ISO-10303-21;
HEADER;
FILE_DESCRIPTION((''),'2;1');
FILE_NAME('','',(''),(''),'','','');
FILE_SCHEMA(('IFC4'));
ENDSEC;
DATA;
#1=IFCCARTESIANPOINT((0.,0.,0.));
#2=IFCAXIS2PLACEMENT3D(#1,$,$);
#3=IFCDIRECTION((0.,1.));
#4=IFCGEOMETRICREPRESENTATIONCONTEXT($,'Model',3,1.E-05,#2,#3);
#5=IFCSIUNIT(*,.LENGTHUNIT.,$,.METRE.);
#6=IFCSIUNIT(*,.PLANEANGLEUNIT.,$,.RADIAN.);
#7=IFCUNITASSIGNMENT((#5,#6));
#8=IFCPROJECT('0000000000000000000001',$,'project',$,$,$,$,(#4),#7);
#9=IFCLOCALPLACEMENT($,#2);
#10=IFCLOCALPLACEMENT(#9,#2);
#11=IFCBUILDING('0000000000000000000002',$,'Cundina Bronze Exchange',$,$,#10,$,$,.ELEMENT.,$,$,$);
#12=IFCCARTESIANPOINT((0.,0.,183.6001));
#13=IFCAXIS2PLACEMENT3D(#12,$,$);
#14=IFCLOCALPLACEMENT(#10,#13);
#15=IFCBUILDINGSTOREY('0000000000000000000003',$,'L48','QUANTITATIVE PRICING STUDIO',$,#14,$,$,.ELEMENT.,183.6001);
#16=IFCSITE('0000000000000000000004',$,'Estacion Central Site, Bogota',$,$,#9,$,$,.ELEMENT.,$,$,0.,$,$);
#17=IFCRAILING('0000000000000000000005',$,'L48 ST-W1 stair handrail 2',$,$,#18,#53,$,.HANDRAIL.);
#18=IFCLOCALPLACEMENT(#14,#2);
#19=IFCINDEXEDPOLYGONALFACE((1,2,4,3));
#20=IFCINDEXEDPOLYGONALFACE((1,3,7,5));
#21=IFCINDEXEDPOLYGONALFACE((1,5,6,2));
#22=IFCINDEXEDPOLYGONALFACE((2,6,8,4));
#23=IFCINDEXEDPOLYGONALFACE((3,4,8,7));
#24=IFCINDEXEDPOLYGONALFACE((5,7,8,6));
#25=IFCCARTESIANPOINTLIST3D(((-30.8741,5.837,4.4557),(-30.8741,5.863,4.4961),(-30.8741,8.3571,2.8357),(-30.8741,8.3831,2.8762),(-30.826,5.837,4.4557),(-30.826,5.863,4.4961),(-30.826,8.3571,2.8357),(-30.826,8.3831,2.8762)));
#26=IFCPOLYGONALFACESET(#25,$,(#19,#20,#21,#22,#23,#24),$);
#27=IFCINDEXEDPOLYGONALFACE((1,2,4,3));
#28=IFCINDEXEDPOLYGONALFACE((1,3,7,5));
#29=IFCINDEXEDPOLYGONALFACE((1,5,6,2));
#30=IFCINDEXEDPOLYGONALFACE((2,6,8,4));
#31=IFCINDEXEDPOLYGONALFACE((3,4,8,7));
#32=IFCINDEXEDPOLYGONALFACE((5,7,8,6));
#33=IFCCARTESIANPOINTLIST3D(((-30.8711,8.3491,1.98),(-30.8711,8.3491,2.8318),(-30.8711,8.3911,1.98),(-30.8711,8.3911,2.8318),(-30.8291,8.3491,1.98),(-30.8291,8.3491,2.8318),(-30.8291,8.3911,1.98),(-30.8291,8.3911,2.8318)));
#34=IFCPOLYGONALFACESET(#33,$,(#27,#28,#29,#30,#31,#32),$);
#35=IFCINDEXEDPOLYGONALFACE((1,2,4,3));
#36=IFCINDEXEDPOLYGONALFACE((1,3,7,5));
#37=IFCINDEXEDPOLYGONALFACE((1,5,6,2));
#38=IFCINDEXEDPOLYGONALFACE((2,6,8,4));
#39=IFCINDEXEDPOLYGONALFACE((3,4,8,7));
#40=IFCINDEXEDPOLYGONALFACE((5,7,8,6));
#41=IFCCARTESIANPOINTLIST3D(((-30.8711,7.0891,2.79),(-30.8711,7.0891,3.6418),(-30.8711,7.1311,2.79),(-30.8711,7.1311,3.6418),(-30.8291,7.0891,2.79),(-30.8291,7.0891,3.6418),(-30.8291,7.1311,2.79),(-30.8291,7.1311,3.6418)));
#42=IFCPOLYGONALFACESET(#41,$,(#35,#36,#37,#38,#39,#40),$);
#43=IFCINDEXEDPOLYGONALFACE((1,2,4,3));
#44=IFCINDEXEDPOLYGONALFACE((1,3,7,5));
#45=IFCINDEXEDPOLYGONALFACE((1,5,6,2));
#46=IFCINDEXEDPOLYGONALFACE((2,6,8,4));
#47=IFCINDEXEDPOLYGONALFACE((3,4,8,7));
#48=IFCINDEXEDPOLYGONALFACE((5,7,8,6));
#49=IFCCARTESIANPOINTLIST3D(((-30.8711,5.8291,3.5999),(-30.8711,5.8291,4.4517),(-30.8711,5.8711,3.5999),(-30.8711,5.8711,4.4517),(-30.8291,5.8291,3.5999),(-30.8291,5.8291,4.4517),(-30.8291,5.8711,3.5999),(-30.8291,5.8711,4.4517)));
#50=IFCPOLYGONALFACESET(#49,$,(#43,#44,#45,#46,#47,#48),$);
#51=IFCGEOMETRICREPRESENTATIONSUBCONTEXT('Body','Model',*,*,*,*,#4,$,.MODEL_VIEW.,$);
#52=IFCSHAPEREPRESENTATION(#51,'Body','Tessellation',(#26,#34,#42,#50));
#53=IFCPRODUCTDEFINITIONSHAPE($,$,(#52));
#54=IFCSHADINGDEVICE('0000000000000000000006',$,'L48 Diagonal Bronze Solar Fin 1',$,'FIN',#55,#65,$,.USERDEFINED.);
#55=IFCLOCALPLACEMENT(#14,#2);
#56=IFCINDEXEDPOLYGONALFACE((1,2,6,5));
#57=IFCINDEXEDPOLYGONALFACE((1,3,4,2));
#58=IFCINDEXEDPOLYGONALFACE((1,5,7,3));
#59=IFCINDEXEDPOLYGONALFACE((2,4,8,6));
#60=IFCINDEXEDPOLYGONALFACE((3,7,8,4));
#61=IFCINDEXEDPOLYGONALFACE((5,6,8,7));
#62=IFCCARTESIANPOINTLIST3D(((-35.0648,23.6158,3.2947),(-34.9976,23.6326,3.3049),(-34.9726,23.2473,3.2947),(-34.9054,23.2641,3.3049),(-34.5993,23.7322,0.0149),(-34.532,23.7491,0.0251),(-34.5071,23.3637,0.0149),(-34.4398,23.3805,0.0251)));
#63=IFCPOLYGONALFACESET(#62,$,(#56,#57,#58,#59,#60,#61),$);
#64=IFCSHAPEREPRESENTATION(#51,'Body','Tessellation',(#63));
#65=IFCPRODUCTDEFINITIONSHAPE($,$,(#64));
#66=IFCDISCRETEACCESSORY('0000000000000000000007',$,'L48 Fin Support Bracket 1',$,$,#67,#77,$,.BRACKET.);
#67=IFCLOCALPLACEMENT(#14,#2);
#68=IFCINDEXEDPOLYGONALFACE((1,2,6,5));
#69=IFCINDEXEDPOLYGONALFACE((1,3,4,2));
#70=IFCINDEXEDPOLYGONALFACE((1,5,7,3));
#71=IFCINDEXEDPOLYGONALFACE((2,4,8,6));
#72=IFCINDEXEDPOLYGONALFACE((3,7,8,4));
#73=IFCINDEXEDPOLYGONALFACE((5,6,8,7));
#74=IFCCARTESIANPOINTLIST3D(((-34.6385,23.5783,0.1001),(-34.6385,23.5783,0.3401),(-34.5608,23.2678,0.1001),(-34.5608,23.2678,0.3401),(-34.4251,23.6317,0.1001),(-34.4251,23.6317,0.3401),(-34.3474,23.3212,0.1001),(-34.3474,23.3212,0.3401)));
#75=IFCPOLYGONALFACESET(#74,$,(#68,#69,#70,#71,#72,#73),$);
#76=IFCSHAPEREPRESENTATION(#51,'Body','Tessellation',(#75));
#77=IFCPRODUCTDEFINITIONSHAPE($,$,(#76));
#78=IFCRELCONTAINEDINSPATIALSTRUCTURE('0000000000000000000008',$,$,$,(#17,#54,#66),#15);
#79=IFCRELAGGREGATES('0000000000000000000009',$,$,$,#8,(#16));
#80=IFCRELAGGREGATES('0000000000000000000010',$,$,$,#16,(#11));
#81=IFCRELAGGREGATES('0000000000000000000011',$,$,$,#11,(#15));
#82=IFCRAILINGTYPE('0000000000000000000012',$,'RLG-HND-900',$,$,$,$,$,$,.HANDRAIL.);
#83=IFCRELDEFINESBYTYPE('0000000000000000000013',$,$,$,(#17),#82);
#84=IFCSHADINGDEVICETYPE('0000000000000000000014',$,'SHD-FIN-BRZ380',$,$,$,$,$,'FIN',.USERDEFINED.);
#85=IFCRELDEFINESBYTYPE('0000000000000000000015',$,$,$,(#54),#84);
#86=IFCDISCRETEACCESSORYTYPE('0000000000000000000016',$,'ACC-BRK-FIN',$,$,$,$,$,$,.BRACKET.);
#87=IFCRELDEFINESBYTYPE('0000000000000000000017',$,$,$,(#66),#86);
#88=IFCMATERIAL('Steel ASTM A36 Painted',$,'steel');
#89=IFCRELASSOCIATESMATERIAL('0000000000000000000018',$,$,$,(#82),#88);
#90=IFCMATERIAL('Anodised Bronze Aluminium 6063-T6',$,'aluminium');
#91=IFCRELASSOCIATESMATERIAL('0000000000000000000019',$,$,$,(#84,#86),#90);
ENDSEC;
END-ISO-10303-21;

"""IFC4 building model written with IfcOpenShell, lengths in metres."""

from ifc_helpers import new_model, si_unit, direction, frame, origin, origin_2d, place, context, subcontext, project, spatial, rectangle, extrude, material, material_profile, profile_set, type_object, element, save


model = new_model("IFC4")

# Units and contexts
model_context = context("Model", 3, precision=1e-05, world=origin(), true_north=direction((0.0, 1.0)))
body_context = subcontext(model_context, "Body", "Model", "MODEL_VIEW")
ifc_project = project(units=[si_unit("LENGTHUNIT", "METRE"), si_unit("PLANEANGLEUNIT", "RADIAN")], contexts=[model_context])

# Site, building, storey
site_placement = place(None, origin())
site = spatial("IfcSite", under=ifc_project, at=site_placement, Name="Estacion Central Site, Bogota", CompositionType="ELEMENT", RefElevation=0.0)
building_placement = place(site_placement, origin())
building = spatial("IfcBuilding", under=site, at=building_placement, Name="Cundina Bronze Exchange", CompositionType="ELEMENT")
storey_placement = place(building_placement, frame((0.0, 0.0, 183.6001)))
storey = spatial("IfcBuildingStorey", under=building, at=storey_placement, Name="L48", Description="QUANTITATIVE PRICING STUDIO", CompositionType="ELEMENT", Elevation=183.6001)

# Shared definitions
ifc_material_1 = material(Name="Anodised Bronze Aluminium 6063-T6", Category="aluminium")

# Shared definitions
ifc_material_2 = material(Name="Steel ASTM A36 Painted", Category="steel")

# Railing
railing_type = type_object("IfcRailingType", Name="RLG-HND-900", PredefinedType="HANDRAIL", material=ifc_material_2)
railing_placement = place(storey_placement, frame((-30.8501, 8.3701, 1.98)))
element("IfcRailing", 1, at=railing_placement, inside=storey, type_object=railing_type, Name="L48 ST-W1 stair handrail 2", PredefinedType="HANDRAIL", context=body_context, shape_type="SweptSolid", body=[
    extrude(rectangle(XDim=0.0481, YDim=0.0481, at=origin_2d()), frame((0.0, 0.0, 0.876), z_axis=(0.0, -0.8412, 0.540725), x_axis=(1.0, 0.0, 0.0)), (0.0, 0.0, 1.0), 2.9958),
    extrude(rectangle(XDim=0.042, YDim=0.042, at=origin_2d()), origin(), (0.0, 0.0, 1.0), 0.8518),
    extrude(rectangle(XDim=0.042, YDim=0.042, at=origin_2d()), frame((0.0, -1.26, 0.8101)), (0.0, 0.0, 1.0), 0.8518),
    extrude(rectangle(XDim=0.042, YDim=0.042, at=origin_2d()), frame((0.0, -2.52, 1.6199)), (0.0, 0.0, 1.0), 0.8518),
])

# Shading device
ifc_material_profile_1 = material_profile(ifc_material_1, rectangle(XDim=0.0701, YDim=0.3799, at=origin_2d()), Name="FIN70X380", Category="aluminium")
ifc_profile_set_1 = profile_set([ifc_material_profile_1], Name="Anodised Bronze Aluminium 6063-T6")
shading_device_type = type_object("IfcShadingDeviceType", Name="SHD-FIN-BRZ380", ElementType="FIN", PredefinedType="USERDEFINED", material=ifc_profile_set_1)
shading_device_placement = place(storey_placement, frame((-34.5195, 23.5564, 0.02), z_axis=(-0.140458, -0.035133, 0.989463), x_axis=(0.959891, 0.240099, 0.144785)))
element("IfcShadingDevice", 2, at=shading_device_placement, inside=storey, type_object=shading_device_type, Name="L48 Diagonal Bronze Solar Fin 1", ObjectType="FIN", PredefinedType="USERDEFINED", context=body_context, shape_type="SweptSolid", body=[
    extrude(rectangle(XDim=0.0701, YDim=0.3799, at=origin_2d()), origin(), (0.0, 0.0, 1.0), 3.3147),
])

# Discrete accessory
discrete_accessory_type = type_object("IfcDiscreteAccessoryType", Name="ACC-BRK-FIN", PredefinedType="BRACKET", material=ifc_material_1)
discrete_accessory_placement = place(storey_placement, frame((-34.4929, 23.4497, 0.1001), z_axis=(0.0, 0.0, 1.0), x_axis=(-0.970093, -0.242735, 0.0)))
element("IfcDiscreteAccessory", 3, at=discrete_accessory_placement, inside=storey, type_object=discrete_accessory_type, Name="L48 Fin Support Bracket 1", PredefinedType="BRACKET", context=body_context, shape_type="SweptSolid", body=[
    extrude(rectangle(XDim=0.22, YDim=0.3201, at=origin_2d()), origin(), (0.0, 0.0, 1.0), 0.24),
])

save(model, "model.ifc")
